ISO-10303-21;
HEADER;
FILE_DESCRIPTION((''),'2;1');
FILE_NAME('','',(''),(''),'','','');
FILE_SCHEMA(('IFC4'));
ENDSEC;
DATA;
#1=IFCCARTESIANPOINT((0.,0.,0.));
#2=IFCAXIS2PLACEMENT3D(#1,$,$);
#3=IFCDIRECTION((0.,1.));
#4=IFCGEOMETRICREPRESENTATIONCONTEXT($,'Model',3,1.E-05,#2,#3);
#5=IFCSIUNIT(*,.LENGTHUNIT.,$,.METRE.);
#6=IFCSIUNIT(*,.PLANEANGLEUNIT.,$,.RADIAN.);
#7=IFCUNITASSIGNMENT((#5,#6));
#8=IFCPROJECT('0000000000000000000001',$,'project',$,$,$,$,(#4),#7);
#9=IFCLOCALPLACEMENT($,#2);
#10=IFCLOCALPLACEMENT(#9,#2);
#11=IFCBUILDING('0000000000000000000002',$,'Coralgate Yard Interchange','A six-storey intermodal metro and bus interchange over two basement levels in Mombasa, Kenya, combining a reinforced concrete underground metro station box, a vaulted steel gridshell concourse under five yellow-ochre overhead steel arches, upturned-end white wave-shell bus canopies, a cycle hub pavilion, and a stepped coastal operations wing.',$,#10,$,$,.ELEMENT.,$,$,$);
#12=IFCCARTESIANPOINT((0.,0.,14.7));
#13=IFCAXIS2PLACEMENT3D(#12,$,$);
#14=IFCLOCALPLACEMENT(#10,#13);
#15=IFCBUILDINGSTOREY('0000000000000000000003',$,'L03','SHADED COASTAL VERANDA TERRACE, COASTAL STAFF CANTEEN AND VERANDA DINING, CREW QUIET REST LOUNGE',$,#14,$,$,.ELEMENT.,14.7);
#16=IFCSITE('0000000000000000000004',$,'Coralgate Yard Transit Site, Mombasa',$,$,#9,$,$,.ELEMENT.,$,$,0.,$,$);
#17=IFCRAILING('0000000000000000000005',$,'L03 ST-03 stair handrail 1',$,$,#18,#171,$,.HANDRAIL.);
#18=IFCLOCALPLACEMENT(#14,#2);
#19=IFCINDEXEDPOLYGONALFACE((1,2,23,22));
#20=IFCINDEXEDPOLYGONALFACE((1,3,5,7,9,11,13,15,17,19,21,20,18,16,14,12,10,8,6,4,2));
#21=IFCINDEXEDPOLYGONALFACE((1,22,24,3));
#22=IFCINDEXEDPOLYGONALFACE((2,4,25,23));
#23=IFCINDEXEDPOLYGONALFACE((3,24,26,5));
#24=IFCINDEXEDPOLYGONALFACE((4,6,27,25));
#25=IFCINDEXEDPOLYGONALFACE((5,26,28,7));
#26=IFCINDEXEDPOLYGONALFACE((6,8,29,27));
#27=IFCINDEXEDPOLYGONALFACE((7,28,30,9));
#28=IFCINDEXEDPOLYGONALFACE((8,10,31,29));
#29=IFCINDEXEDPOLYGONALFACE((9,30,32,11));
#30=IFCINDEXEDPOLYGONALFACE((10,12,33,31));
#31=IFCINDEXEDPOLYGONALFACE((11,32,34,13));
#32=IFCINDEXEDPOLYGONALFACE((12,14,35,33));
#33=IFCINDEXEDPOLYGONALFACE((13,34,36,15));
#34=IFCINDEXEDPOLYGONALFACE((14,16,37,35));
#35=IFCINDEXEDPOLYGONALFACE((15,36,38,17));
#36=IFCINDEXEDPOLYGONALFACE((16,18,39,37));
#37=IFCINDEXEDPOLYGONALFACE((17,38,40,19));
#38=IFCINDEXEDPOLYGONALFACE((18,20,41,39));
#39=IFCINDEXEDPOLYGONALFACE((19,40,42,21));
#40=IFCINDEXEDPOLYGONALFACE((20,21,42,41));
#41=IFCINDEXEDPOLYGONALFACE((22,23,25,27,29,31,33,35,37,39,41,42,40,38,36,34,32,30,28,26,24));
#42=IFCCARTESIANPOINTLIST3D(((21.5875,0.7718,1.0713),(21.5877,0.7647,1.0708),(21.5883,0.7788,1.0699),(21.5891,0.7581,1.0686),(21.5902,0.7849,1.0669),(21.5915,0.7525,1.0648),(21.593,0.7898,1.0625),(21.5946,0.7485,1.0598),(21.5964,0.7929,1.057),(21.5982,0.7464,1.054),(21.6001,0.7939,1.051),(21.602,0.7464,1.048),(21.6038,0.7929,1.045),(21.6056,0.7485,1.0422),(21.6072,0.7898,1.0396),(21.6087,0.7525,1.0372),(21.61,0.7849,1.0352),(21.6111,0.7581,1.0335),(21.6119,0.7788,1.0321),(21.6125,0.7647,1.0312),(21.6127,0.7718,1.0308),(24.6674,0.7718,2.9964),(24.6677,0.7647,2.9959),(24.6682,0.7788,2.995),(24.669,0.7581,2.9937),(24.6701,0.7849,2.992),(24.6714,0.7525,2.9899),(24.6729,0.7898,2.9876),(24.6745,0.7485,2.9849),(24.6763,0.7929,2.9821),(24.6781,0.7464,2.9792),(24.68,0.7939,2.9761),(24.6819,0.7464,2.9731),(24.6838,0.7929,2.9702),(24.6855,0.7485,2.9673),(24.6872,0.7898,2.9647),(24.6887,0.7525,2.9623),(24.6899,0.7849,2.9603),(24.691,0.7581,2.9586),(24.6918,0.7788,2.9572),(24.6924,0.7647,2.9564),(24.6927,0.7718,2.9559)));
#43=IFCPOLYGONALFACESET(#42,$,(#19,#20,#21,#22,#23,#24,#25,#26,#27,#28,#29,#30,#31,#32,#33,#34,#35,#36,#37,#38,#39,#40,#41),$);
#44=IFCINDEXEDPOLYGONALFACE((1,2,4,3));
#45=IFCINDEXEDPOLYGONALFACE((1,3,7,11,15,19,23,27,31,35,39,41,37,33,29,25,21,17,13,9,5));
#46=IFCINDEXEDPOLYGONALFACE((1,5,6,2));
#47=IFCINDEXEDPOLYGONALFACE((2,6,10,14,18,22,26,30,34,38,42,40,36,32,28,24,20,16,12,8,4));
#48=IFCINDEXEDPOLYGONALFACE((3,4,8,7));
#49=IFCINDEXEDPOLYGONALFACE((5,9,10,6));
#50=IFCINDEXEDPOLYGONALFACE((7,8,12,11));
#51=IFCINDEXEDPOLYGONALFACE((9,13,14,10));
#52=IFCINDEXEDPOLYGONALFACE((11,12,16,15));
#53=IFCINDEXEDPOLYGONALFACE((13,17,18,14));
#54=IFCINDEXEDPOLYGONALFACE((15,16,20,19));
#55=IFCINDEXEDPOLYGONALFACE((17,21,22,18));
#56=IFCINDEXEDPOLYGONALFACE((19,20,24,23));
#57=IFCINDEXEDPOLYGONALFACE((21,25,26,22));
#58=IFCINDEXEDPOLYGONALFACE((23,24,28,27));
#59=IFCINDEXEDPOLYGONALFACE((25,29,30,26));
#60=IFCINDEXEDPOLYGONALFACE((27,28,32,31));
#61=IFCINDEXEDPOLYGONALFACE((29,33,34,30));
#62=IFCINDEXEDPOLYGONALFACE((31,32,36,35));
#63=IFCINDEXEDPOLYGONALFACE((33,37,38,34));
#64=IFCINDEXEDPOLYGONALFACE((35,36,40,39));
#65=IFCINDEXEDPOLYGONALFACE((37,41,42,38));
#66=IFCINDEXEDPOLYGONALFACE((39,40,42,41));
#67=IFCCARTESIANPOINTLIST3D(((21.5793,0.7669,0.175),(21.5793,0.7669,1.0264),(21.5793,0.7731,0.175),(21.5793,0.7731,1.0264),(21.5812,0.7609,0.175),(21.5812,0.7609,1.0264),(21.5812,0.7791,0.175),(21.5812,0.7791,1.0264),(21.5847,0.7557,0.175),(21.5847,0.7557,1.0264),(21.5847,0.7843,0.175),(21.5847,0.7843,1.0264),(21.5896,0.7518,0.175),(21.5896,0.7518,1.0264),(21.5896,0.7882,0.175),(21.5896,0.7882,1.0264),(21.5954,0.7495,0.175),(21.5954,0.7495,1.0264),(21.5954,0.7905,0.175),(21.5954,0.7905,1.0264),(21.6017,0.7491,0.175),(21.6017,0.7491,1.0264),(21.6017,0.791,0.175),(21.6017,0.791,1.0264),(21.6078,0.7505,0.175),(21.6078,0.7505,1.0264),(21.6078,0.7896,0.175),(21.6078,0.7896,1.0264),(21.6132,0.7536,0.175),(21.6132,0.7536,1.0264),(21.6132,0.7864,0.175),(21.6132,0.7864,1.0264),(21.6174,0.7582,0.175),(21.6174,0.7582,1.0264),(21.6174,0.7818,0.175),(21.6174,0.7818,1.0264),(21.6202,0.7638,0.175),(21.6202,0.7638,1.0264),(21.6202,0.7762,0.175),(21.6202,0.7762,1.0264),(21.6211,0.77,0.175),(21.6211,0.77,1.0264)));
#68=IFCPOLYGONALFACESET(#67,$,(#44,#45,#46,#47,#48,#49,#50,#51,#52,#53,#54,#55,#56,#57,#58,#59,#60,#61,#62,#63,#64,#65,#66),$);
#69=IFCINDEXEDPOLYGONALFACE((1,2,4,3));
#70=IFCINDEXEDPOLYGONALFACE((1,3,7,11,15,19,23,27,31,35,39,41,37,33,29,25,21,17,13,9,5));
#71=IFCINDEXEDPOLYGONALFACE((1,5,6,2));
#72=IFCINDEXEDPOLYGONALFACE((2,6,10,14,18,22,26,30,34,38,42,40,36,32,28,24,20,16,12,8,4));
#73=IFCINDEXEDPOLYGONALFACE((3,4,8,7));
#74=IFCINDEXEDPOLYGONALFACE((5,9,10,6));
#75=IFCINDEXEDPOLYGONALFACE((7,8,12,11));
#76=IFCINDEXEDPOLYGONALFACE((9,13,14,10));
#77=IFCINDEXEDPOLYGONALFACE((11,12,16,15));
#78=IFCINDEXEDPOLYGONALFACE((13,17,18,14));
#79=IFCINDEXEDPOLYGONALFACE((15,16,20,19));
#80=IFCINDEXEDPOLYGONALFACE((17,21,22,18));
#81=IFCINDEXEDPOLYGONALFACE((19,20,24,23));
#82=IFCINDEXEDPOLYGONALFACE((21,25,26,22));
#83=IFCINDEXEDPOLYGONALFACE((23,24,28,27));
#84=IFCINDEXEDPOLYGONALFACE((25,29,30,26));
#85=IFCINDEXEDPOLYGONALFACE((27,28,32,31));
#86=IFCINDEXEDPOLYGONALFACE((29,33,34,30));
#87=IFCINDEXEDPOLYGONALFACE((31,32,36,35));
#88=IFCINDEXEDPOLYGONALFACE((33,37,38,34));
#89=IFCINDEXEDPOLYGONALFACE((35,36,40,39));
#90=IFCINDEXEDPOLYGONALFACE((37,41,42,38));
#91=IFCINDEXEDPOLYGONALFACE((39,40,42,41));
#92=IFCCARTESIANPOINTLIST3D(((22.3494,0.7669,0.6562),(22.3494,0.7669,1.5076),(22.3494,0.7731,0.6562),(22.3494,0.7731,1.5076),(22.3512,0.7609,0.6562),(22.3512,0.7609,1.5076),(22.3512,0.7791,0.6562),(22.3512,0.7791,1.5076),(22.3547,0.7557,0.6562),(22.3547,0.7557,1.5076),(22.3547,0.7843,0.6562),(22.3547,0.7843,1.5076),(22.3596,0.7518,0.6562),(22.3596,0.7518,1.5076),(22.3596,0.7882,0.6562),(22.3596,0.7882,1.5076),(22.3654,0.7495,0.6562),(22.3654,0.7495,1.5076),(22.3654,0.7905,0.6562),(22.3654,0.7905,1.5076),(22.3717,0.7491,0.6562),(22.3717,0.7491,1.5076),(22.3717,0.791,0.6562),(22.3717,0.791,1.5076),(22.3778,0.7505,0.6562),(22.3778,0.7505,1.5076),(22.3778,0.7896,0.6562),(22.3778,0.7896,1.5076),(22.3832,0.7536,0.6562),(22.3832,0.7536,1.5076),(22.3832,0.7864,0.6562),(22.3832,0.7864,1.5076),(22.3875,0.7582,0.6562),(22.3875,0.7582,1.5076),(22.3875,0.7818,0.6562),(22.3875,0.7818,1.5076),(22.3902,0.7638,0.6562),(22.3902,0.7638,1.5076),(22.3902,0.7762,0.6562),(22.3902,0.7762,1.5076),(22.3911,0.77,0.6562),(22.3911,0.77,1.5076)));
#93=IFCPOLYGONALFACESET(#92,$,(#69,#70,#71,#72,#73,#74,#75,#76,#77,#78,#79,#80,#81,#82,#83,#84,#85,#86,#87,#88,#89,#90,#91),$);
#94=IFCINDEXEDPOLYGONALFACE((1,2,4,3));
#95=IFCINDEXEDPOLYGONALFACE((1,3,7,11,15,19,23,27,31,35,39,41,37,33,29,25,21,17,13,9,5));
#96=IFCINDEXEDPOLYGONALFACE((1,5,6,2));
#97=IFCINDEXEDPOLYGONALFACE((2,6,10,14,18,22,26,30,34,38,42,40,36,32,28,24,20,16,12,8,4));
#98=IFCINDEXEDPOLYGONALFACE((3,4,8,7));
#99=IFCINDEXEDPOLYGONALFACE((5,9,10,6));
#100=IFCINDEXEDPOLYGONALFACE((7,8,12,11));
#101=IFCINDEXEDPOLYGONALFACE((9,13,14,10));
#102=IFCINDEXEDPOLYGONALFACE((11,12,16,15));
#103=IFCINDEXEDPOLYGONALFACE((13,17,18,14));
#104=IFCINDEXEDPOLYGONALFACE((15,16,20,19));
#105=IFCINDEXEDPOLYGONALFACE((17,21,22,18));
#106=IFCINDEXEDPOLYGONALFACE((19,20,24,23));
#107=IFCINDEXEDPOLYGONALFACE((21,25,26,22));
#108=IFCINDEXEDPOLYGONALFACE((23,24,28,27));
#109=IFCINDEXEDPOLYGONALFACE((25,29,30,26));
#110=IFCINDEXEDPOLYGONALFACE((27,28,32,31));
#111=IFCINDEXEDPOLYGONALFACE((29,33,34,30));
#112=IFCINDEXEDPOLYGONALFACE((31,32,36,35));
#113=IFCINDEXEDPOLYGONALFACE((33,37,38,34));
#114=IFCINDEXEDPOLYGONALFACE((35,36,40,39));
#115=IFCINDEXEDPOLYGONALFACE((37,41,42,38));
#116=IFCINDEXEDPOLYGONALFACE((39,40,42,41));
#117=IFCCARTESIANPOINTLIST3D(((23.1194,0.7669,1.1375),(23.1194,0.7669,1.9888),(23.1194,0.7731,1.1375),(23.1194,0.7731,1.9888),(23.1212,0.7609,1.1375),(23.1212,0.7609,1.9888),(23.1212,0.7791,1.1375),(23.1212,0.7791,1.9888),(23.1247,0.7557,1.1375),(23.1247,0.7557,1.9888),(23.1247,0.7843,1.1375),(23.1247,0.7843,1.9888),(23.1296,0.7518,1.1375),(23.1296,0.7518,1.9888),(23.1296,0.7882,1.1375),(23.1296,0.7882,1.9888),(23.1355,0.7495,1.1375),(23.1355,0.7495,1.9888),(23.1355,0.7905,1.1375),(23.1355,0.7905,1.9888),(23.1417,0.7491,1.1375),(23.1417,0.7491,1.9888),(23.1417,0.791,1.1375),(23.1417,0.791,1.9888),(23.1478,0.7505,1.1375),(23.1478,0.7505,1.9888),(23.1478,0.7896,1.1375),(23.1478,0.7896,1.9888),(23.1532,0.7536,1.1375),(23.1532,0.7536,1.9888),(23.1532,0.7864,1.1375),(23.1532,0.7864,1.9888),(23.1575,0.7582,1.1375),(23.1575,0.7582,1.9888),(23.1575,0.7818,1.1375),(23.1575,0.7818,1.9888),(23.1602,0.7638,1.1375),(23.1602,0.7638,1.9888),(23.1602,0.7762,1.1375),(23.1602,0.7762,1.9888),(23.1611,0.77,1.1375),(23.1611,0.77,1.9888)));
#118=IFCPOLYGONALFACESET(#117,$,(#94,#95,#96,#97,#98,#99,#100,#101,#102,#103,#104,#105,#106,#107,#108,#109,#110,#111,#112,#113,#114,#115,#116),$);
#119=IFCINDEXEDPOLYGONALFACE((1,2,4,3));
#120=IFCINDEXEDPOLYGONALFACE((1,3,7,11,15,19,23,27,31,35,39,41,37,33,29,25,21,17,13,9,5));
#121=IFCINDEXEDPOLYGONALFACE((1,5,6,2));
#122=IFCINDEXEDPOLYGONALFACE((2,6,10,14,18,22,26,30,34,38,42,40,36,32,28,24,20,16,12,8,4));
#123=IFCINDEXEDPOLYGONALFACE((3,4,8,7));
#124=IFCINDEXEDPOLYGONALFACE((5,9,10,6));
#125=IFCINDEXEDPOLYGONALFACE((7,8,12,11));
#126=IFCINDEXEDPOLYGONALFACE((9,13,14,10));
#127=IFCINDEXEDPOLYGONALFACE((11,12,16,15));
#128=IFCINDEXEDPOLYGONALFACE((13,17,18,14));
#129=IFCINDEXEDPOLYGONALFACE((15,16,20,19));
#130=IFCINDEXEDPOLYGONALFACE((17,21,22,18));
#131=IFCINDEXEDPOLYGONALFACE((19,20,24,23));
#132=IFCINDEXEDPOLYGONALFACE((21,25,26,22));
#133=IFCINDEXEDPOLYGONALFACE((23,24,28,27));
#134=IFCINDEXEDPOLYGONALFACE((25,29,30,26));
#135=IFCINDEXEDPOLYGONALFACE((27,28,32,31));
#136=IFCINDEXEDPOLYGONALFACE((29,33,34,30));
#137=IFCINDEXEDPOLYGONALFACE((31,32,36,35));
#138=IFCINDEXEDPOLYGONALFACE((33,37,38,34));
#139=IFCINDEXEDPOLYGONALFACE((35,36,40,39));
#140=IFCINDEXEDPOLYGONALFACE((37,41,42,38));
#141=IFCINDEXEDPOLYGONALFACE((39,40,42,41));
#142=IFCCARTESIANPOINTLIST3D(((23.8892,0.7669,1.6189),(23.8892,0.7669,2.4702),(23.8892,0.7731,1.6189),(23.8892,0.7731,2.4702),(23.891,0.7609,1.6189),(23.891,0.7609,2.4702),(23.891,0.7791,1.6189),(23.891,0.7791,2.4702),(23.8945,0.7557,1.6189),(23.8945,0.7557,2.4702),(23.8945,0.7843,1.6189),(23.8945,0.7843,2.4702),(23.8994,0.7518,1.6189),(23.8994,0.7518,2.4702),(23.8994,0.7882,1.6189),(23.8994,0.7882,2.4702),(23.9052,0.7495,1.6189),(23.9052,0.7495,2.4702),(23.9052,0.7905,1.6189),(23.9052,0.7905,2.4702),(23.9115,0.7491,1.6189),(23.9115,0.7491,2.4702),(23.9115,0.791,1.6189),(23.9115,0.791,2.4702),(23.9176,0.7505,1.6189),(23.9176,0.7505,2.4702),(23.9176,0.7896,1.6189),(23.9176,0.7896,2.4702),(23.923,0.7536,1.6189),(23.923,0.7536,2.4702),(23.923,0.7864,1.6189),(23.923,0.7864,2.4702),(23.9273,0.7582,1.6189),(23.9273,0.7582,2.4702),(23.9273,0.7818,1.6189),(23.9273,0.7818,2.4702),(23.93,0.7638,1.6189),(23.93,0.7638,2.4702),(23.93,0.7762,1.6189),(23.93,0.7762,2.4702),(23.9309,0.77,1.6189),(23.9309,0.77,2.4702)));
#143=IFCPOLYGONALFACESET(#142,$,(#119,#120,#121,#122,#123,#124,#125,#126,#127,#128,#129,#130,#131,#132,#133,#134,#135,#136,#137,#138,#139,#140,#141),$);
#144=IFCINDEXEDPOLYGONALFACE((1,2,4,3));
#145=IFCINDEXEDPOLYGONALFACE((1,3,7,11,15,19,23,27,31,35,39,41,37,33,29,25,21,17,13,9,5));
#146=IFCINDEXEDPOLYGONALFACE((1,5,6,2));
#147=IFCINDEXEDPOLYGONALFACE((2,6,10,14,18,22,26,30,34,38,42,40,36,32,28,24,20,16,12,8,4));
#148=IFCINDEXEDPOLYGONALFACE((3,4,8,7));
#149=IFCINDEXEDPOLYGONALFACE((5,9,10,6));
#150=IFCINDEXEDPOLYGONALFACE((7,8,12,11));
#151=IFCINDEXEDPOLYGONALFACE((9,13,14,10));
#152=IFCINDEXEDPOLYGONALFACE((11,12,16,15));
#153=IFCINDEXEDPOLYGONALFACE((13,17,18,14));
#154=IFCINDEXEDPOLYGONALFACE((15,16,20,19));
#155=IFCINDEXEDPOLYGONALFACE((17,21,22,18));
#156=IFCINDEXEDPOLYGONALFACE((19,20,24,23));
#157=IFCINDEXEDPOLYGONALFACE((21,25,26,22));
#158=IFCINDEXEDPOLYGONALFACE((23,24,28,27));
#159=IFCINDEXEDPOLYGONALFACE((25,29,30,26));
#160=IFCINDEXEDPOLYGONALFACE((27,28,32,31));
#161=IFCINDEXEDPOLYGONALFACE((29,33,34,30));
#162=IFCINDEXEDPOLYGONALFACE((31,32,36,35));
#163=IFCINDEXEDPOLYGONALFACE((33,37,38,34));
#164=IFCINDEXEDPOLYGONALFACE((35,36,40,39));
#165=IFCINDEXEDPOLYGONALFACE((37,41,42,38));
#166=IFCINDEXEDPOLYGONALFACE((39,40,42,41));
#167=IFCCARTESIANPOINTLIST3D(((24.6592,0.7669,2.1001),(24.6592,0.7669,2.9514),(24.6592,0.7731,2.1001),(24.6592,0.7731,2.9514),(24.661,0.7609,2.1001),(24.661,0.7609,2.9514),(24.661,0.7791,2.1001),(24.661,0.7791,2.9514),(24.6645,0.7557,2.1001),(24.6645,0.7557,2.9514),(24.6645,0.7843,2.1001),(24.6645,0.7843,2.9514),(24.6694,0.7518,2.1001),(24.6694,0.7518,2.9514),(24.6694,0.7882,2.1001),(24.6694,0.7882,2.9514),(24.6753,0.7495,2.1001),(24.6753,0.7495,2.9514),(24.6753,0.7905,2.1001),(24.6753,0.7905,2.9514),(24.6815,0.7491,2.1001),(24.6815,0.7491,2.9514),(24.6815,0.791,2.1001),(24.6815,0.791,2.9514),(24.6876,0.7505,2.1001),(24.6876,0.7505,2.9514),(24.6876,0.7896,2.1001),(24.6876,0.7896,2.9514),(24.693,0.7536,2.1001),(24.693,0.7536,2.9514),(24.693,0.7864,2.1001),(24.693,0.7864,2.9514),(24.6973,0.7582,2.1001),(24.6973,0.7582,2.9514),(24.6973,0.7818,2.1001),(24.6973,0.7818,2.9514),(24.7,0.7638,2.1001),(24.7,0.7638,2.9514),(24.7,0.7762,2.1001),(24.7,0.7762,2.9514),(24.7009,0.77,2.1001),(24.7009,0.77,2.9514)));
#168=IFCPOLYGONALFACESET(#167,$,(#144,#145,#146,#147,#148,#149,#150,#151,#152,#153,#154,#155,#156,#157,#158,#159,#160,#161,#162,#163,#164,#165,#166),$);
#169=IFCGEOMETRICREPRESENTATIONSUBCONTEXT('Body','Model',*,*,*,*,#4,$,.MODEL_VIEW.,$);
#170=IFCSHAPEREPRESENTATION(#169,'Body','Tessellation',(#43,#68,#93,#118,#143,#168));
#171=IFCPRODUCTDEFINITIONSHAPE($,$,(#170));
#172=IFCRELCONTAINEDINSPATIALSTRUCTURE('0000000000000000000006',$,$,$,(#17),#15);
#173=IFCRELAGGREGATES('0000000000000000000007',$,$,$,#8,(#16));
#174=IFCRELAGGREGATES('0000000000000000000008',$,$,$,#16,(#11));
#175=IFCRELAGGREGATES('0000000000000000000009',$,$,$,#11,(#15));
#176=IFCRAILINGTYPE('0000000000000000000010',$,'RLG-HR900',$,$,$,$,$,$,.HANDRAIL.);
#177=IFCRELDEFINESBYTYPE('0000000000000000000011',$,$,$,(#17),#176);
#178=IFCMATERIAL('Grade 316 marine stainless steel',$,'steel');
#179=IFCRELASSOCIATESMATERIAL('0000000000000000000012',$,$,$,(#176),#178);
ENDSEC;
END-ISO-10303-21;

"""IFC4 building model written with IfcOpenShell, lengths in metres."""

from ifc_helpers import new_model, si_unit, direction, frame, origin, origin_2d, place, context, subcontext, project, spatial, circle, extrude, material, type_object, element, save


model = new_model("IFC4")

# Units and contexts
model_context = context("Model", 3, precision=1e-05, world=origin(), true_north=direction((0.0, 1.0)))
body_context = subcontext(model_context, "Body", "Model", "MODEL_VIEW")
ifc_project = project(units=[si_unit("LENGTHUNIT", "METRE"), si_unit("PLANEANGLEUNIT", "RADIAN")], contexts=[model_context])

# Site, building, storey
site_placement = place(None, origin())
site = spatial("IfcSite", under=ifc_project, at=site_placement, Name="Coralgate Yard Transit Site, Mombasa", CompositionType="ELEMENT", RefElevation=0.0)
building_placement = place(site_placement, origin())
building = spatial("IfcBuilding", under=site, at=building_placement, Name="Coralgate Yard Interchange", Description="A six-storey intermodal metro and bus interchange over two basement levels in Mombasa, Kenya, combining a reinforced concrete underground metro station box, a vaulted steel gridshell concourse under five yellow-ochre overhead steel arches, upturned-end white wave-shell bus canopies, a cycle hub pavilion, and a stepped coastal operations wing.", CompositionType="ELEMENT")
storey_placement = place(building_placement, frame((0.0, 0.0, 14.7)))
storey = spatial("IfcBuildingStorey", under=building, at=storey_placement, Name="L03", Description="SHADED COASTAL VERANDA TERRACE, COASTAL STAFF CANTEEN AND VERANDA DINING, CREW QUIET REST LOUNGE", CompositionType="ELEMENT", Elevation=14.7)

# Railing
ifc_material_1 = material(Name="Grade 316 marine stainless steel", Category="steel")
railing_type_1 = type_object("IfcRailingType", Name="RLG-HR900", PredefinedType="HANDRAIL", material=ifc_material_1)
railing_1_placement = place(storey_placement, frame((21.6001, 0.77, 0.175)))
element("IfcRailing", 1, at=railing_1_placement, inside=storey, type_object=railing_type_1, Name="L03 ST-03 stair handrail 1", PredefinedType="HANDRAIL", context=body_context, shape_type="SweptSolid", body=[
    extrude(circle(Radius=0.0239, at=origin_2d()), frame((0.0, 0.0, 0.876), z_axis=(0.847979, 0.0, 0.530029), x_axis=(0.0, 1.0, 0.0)), (0.0, 0.0, 1.0), 3.6321),
    extrude(circle(Radius=0.021, at=origin_2d()), origin(), (0.0, 0.0, 1.0), 0.8513),
    extrude(circle(Radius=0.021, at=origin_2d()), frame((0.77, 0.0, 0.4812)), (0.0, 0.0, 1.0), 0.8513),
    extrude(circle(Radius=0.021, at=origin_2d()), frame((1.54, 0.0, 0.9624)), (0.0, 0.0, 1.0), 0.8513),
    extrude(circle(Radius=0.021, at=origin_2d()), frame((2.3098, 0.0, 1.4438)), (0.0, 0.0, 1.0), 0.8513),
    extrude(circle(Radius=0.021, at=origin_2d()), frame((3.0798, 0.0, 1.925)), (0.0, 0.0, 1.0), 0.8513),
])

save(model, "model.ifc")
